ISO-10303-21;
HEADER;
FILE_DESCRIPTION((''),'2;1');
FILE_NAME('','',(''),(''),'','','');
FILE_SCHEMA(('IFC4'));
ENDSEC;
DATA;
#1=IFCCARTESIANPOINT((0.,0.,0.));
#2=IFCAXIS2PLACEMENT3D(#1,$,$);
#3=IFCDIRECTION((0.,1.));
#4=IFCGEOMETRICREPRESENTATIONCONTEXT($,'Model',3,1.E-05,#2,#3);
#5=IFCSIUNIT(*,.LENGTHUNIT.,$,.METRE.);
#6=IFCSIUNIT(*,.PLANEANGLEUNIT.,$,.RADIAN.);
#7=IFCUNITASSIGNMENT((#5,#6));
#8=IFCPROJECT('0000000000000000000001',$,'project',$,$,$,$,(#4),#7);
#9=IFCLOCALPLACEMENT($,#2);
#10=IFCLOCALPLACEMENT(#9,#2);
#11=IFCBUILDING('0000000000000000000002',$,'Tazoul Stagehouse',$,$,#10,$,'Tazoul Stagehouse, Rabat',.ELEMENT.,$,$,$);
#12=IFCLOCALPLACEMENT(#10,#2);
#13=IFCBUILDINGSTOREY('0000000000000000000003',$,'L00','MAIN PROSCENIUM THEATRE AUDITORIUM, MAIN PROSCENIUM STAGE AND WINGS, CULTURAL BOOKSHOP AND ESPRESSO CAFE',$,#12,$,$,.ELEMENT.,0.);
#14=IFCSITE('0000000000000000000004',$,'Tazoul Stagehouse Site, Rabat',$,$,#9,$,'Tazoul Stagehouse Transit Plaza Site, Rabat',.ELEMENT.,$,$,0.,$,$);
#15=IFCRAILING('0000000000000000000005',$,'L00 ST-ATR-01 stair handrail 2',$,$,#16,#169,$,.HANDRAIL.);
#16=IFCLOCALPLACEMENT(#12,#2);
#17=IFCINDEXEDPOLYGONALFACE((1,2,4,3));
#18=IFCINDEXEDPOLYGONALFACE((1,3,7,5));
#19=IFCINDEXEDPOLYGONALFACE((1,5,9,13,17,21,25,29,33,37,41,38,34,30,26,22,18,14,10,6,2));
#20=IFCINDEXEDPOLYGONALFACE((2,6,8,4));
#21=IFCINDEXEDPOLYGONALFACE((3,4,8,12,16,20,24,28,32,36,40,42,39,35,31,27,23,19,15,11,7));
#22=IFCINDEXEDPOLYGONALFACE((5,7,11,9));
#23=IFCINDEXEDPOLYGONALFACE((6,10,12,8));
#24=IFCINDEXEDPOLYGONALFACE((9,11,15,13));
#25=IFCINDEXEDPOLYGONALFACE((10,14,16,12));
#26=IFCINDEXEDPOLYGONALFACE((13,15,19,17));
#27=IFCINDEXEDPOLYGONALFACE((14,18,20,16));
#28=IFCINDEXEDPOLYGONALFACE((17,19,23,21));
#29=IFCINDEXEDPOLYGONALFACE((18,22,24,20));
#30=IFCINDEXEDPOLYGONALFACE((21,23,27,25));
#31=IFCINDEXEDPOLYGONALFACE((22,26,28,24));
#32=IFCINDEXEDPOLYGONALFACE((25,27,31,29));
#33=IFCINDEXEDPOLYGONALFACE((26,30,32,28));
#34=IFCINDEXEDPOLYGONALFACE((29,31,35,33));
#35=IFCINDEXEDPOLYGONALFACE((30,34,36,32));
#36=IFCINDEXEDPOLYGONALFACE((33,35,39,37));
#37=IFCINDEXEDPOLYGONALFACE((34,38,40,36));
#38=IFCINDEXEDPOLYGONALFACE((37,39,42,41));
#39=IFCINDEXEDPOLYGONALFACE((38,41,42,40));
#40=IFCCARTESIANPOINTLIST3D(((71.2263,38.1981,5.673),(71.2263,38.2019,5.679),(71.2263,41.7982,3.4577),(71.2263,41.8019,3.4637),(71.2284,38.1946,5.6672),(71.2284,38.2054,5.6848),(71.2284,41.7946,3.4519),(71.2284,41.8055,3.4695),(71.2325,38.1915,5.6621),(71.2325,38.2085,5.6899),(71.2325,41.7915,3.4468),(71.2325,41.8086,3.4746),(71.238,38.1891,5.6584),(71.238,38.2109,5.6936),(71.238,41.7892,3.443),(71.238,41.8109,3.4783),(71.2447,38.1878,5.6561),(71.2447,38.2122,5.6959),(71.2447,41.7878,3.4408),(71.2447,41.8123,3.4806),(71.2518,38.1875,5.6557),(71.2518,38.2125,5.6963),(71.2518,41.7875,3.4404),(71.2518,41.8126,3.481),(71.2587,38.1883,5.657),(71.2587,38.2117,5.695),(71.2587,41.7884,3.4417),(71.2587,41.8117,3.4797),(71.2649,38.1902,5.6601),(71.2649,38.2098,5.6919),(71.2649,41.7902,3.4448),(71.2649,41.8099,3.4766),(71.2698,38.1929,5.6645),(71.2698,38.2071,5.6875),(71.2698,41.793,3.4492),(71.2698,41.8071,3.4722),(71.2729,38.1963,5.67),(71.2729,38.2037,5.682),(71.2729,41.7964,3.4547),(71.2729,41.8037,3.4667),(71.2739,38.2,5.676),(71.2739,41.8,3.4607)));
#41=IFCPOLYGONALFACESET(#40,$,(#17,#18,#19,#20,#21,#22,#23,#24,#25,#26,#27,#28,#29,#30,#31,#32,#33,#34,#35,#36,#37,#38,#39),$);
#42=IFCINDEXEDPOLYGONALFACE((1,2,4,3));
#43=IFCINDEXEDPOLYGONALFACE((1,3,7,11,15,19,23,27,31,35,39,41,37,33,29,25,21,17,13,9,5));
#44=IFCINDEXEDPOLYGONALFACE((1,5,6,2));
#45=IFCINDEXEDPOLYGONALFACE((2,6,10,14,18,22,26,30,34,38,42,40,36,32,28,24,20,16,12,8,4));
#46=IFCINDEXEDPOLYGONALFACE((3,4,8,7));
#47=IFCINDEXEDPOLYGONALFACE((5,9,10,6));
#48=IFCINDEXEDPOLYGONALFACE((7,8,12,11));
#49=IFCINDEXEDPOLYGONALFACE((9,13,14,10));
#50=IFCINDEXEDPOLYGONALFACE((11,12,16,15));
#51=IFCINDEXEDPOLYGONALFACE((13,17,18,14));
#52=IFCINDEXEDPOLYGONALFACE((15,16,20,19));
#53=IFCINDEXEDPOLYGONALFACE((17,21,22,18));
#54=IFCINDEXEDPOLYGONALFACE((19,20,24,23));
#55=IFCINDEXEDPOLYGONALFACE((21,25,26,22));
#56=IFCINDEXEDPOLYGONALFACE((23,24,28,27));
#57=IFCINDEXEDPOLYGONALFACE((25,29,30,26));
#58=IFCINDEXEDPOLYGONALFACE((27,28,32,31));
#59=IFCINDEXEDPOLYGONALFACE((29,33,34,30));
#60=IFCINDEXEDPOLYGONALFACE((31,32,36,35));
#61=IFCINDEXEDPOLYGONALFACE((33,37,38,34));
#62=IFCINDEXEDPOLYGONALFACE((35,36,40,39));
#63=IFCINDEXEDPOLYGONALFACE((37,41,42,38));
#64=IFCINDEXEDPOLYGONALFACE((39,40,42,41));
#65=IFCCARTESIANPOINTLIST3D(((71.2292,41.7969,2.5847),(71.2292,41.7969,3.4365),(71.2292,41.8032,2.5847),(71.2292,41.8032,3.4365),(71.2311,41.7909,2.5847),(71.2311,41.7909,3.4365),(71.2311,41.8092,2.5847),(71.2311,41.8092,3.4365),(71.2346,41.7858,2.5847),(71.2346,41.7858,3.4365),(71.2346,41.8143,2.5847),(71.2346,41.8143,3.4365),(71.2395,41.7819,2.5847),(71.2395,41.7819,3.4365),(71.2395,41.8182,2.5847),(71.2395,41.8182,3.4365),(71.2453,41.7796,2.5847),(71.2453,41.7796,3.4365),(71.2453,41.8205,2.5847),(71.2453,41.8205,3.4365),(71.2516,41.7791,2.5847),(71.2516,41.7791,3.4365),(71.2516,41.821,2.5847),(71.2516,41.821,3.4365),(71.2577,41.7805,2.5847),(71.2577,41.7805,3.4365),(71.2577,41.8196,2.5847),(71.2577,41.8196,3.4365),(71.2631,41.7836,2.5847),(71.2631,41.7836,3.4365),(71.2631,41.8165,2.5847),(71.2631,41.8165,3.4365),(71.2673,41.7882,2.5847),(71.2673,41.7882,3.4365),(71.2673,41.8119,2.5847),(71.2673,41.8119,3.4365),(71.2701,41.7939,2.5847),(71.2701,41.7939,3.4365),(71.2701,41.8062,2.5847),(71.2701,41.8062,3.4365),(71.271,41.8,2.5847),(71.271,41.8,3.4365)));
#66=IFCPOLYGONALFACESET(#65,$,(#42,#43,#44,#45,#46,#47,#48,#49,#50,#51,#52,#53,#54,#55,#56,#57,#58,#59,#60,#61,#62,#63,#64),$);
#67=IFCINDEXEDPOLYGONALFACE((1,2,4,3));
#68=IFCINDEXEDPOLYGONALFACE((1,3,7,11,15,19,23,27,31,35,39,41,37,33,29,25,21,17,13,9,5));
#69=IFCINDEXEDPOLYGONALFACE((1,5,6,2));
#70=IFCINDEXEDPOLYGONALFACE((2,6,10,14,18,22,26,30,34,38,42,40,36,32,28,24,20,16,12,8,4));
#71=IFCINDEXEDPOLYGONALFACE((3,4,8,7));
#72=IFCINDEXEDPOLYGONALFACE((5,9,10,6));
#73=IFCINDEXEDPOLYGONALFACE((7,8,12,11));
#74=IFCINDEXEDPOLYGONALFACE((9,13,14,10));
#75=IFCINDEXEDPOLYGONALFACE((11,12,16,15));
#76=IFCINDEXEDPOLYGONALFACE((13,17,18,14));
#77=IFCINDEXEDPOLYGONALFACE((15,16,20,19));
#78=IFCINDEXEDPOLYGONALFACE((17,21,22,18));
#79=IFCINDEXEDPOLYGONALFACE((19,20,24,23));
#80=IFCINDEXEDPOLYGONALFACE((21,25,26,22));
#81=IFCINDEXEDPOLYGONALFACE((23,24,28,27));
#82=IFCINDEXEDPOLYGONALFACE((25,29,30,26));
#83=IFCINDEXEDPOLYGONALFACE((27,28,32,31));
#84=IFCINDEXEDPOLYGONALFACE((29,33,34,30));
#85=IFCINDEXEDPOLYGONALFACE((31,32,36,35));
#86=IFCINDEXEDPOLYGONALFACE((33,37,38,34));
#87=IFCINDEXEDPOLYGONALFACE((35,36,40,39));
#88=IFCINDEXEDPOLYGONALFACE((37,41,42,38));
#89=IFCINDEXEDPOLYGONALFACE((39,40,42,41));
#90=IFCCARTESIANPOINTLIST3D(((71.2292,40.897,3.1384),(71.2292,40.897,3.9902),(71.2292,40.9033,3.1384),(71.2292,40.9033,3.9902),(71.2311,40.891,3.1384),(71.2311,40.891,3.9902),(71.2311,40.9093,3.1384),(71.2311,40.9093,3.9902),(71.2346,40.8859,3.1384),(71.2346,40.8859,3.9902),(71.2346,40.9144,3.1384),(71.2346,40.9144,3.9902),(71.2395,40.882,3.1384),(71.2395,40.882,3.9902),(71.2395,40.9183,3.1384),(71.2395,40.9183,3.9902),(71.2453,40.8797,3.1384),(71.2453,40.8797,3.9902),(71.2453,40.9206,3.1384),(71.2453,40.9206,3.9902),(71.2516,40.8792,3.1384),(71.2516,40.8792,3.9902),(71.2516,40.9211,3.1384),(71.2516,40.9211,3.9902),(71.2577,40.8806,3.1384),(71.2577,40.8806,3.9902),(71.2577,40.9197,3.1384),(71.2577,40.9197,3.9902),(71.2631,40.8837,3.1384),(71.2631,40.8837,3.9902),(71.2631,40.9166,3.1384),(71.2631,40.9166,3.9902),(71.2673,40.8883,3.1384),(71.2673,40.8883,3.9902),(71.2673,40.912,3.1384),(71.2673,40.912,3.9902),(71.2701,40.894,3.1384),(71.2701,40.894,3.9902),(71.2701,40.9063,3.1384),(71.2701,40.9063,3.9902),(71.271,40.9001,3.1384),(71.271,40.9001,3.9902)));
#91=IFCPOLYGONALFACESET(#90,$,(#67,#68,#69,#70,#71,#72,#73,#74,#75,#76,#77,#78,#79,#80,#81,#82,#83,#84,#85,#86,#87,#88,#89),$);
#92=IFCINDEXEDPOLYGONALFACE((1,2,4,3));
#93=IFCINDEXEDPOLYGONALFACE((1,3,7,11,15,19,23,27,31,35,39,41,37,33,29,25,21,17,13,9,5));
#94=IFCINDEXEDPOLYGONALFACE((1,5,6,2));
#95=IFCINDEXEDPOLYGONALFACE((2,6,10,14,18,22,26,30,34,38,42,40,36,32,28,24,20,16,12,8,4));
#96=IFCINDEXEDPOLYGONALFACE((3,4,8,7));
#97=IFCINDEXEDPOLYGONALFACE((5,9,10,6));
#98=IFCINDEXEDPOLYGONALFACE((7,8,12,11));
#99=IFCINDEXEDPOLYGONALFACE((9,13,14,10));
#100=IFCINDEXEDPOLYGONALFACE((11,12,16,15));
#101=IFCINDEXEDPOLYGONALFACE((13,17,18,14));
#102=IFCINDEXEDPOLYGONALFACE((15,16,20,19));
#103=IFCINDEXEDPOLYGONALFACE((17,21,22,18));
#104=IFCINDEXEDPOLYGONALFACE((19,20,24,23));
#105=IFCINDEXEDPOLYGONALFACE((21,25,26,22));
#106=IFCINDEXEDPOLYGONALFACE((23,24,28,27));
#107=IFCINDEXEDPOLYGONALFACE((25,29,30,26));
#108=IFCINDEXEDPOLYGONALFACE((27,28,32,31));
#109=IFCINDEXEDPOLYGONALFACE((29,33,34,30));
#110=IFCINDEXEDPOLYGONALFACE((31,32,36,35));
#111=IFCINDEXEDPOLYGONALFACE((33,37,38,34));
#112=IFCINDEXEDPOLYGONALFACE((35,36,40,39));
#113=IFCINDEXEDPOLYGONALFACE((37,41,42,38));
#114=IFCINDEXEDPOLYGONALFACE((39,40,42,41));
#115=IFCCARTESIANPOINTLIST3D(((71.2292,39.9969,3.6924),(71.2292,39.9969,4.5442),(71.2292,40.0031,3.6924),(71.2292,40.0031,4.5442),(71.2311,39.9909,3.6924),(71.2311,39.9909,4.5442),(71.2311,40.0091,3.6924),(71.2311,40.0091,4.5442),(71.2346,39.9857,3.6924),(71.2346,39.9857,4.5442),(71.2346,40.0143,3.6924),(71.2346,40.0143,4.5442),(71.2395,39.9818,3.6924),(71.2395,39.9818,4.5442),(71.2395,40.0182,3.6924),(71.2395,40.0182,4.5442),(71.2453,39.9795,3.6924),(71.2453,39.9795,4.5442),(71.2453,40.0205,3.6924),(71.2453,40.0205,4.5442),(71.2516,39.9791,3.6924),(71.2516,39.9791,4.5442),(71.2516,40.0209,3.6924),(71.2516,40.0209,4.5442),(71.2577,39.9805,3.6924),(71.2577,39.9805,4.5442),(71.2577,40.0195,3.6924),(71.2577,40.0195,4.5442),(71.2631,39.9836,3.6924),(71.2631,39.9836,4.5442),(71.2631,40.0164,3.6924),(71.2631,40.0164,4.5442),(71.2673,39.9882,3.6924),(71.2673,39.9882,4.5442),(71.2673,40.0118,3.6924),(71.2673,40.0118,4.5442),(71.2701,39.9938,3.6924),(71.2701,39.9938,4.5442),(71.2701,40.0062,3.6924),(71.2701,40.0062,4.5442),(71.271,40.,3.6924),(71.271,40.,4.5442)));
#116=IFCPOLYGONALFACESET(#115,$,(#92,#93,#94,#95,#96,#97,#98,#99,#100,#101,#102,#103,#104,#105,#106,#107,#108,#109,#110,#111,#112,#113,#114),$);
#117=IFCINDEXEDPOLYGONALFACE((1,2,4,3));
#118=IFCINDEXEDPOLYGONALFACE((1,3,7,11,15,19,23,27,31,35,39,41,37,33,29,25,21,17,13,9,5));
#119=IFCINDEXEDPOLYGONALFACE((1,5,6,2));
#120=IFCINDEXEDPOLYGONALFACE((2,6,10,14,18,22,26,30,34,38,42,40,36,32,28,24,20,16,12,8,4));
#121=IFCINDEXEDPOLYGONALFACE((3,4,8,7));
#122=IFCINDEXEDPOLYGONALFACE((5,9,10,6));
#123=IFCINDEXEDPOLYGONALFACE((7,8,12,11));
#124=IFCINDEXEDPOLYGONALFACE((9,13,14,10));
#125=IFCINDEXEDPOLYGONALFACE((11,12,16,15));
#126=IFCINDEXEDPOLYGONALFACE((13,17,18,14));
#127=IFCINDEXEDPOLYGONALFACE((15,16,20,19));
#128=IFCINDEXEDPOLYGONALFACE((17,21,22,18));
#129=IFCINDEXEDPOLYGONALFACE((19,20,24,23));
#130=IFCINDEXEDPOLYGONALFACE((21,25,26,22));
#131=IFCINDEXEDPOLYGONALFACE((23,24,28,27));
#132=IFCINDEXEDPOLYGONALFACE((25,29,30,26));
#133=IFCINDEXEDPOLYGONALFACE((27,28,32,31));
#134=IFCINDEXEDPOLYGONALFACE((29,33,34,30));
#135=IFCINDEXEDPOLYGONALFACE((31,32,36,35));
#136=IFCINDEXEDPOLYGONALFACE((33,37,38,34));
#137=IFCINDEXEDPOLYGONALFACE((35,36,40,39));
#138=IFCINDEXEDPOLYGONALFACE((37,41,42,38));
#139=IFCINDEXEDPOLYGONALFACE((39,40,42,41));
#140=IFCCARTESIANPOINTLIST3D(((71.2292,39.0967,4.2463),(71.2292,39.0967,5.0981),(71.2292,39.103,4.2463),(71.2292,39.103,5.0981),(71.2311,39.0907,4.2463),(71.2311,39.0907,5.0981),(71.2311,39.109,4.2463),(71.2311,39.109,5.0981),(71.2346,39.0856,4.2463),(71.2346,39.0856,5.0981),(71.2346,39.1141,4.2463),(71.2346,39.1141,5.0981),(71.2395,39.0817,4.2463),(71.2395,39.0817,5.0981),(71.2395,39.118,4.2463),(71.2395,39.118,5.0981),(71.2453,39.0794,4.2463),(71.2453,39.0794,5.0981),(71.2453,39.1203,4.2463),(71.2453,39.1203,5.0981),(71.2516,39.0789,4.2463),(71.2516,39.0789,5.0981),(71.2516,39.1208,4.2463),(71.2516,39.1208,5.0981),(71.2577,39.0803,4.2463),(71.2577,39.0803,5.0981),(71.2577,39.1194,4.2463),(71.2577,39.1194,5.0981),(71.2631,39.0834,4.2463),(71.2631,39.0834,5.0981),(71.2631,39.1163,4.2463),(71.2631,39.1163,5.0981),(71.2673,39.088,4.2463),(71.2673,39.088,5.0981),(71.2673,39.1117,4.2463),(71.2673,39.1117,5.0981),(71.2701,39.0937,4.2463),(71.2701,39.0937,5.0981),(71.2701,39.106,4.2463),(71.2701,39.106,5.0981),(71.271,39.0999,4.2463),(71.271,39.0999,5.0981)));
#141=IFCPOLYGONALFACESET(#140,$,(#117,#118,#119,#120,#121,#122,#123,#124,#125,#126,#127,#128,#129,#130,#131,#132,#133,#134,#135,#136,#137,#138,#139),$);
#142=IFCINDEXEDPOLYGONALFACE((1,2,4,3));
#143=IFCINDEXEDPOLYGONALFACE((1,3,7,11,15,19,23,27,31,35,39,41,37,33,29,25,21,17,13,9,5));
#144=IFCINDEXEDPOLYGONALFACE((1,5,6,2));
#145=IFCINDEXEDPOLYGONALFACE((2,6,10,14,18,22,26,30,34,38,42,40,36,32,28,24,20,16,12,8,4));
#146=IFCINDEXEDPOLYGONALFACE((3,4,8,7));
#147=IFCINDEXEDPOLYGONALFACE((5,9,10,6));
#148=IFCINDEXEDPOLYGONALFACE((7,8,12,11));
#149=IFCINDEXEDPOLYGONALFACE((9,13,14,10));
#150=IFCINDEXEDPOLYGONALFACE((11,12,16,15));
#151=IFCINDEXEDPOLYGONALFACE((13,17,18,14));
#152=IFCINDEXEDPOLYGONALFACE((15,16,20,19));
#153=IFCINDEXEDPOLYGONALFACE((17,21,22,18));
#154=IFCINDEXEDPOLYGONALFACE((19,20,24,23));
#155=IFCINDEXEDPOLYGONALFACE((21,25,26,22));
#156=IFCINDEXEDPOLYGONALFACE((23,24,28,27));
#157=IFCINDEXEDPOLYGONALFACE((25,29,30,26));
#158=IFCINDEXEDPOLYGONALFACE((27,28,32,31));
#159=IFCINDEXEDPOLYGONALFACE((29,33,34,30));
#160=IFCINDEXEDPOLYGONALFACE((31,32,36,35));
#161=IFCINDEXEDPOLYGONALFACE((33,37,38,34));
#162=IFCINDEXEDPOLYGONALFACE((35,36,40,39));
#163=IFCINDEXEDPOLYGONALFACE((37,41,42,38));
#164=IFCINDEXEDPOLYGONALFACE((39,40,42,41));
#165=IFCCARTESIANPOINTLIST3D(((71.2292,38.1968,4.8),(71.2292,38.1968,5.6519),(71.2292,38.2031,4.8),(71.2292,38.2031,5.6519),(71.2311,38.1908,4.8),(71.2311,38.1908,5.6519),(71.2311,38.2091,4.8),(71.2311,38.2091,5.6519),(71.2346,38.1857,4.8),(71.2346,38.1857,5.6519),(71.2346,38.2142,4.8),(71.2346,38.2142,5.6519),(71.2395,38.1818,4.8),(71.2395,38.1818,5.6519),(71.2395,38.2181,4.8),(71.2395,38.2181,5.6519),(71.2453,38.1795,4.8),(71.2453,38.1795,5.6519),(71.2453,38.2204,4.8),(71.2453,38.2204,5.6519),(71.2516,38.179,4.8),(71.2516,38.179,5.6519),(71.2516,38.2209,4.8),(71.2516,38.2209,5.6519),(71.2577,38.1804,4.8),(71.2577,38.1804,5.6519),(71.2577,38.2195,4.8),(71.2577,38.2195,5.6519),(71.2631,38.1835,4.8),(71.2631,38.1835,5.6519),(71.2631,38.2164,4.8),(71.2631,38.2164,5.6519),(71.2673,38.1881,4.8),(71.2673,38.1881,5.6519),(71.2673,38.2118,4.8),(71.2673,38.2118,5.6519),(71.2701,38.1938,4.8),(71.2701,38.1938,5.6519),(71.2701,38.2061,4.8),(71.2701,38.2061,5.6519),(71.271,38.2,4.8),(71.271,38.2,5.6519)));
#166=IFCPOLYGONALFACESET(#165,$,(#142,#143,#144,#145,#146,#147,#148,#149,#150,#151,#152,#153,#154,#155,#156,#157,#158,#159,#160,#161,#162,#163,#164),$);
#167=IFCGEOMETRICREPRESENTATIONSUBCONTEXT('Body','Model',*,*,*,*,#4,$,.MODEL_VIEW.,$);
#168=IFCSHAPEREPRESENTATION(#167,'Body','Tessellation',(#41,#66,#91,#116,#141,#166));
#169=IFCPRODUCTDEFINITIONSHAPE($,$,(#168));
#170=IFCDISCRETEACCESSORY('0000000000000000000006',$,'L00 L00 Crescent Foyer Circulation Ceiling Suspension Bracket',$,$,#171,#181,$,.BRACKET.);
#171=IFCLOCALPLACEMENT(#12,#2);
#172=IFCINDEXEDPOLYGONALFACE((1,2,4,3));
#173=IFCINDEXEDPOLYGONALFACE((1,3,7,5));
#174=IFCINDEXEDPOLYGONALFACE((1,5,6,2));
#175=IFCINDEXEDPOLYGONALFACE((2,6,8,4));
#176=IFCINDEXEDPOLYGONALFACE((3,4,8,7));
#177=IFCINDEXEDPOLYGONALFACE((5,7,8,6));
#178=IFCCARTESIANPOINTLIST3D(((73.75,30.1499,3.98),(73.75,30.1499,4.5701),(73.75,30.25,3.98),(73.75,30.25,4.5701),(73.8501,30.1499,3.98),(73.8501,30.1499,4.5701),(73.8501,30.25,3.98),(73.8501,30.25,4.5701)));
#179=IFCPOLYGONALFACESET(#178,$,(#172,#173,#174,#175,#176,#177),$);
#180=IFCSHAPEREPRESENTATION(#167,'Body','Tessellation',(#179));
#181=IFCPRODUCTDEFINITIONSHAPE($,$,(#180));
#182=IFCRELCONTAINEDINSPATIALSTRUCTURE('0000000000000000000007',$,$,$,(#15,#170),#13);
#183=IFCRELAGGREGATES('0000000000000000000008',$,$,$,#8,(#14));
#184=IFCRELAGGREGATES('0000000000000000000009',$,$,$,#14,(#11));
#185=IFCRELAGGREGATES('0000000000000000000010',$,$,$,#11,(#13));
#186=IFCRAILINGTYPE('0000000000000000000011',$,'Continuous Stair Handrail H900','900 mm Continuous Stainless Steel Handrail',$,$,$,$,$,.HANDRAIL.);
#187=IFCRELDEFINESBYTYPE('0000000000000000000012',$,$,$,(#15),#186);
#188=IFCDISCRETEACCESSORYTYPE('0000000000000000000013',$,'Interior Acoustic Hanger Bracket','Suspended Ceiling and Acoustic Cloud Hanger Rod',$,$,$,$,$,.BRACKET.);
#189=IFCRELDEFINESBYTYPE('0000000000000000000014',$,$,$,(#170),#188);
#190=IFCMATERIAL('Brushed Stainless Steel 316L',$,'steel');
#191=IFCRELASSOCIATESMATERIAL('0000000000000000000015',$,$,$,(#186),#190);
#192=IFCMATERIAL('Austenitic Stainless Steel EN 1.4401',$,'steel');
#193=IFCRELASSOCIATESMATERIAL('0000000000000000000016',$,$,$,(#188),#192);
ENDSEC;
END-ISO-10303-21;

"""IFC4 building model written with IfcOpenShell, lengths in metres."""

from ifc_helpers import new_model, si_unit, direction, frame, origin, origin_2d, place, context, subcontext, project, spatial, rectangle, circle, extrude, material, material_profile, profile_set, type_object, element, save


model = new_model("IFC4")

# Units and contexts
model_context = context("Model", 3, precision=1e-05, world=origin(), true_north=direction((0.0, 1.0)))
body_context = subcontext(model_context, "Body", "Model", "MODEL_VIEW")
ifc_project = project(units=[si_unit("LENGTHUNIT", "METRE"), si_unit("PLANEANGLEUNIT", "RADIAN")], contexts=[model_context])

# Site, building, storey
site_placement = place(None, origin())
site = spatial("IfcSite", under=ifc_project, at=site_placement, Name="Tazoul Stagehouse Site, Rabat", LongName="Tazoul Stagehouse Transit Plaza Site, Rabat", CompositionType="ELEMENT", RefElevation=0.0)
building_placement = place(site_placement, origin())
building = spatial("IfcBuilding", under=site, at=building_placement, Name="Tazoul Stagehouse", LongName="Tazoul Stagehouse, Rabat", CompositionType="ELEMENT")
storey_placement = place(building_placement, origin())
storey = spatial("IfcBuildingStorey", under=building, at=storey_placement, Name="L00", Description="MAIN PROSCENIUM THEATRE AUDITORIUM, MAIN PROSCENIUM STAGE AND WINGS, CULTURAL BOOKSHOP AND ESPRESSO CAFE", CompositionType="ELEMENT", Elevation=0.0)

# Railing
ifc_material_1 = material(Name="Brushed Stainless Steel 316L", Category="steel")
ifc_material_profile_1 = material_profile(ifc_material_1, circle(Radius=0.021, at=origin_2d()), Name="SS HANDRAIL D42")
ifc_profile_set_1 = profile_set([ifc_material_profile_1], Name="Brushed Stainless Steel 316L")
railing_type_1 = type_object("IfcRailingType", Name="Continuous Stair Handrail H900", Description="900 mm Continuous Stainless Steel Handrail", PredefinedType="HANDRAIL", material=ifc_profile_set_1)
railing_1_placement = place(storey_placement, frame((71.25, 41.8, 2.5847)))
element("IfcRailing", 1, at=railing_1_placement, inside=storey, type_object=railing_type_1, Name="L00 ST-ATR-01 stair handrail 2", PredefinedType="HANDRAIL", context=body_context, shape_type="SweptSolid", body=[
    extrude(circle(Radius=0.0239, at=origin_2d()), frame((0.0, 0.0, 0.876), z_axis=(0.0, -0.85167, 0.524078), x_axis=(1.0, 0.0, 0.0)), (0.0, 0.0, 1.0), 4.2271),
    extrude(circle(Radius=0.021, at=origin_2d()), origin(), (0.0, 0.0, 1.0), 0.8518),
    extrude(circle(Radius=0.021, at=origin_2d()), frame((0.0, -0.8999, 0.5537)), (0.0, 0.0, 1.0), 0.8518),
    extrude(circle(Radius=0.021, at=origin_2d()), frame((0.0, -1.8, 1.1077)), (0.0, 0.0, 1.0), 0.8518),
    extrude(circle(Radius=0.021, at=origin_2d()), frame((0.0, -2.7002, 1.6616)), (0.0, 0.0, 1.0), 0.8518),
    extrude(circle(Radius=0.021, at=origin_2d()), frame((0.0, -3.6001, 2.2153)), (0.0, 0.0, 1.0), 0.8518),
])

# Discrete accessory
ifc_material_2 = material(Name="Austenitic Stainless Steel EN 1.4401", Category="steel")
discrete_accessory_type = type_object("IfcDiscreteAccessoryType", Name="Interior Acoustic Hanger Bracket", Description="Suspended Ceiling and Acoustic Cloud Hanger Rod", PredefinedType="BRACKET", material=ifc_material_2)
discrete_accessory_placement = place(storey_placement, frame((73.8, 30.2, 3.98), z_axis=(0.0, 0.0, 1.0), x_axis=(1.0, 0.0, 0.0)))
element("IfcDiscreteAccessory", 2, at=discrete_accessory_placement, inside=storey, type_object=discrete_accessory_type, Name="L00 L00 Crescent Foyer Circulation Ceiling Suspension Bracket", PredefinedType="BRACKET", context=body_context, shape_type="SweptSolid", body=[
    extrude(rectangle(XDim=0.1001, YDim=0.1001, at=origin_2d()), origin(), (0.0, 0.0, 1.0), 0.5901),
])

save(model, "model.ifc")
